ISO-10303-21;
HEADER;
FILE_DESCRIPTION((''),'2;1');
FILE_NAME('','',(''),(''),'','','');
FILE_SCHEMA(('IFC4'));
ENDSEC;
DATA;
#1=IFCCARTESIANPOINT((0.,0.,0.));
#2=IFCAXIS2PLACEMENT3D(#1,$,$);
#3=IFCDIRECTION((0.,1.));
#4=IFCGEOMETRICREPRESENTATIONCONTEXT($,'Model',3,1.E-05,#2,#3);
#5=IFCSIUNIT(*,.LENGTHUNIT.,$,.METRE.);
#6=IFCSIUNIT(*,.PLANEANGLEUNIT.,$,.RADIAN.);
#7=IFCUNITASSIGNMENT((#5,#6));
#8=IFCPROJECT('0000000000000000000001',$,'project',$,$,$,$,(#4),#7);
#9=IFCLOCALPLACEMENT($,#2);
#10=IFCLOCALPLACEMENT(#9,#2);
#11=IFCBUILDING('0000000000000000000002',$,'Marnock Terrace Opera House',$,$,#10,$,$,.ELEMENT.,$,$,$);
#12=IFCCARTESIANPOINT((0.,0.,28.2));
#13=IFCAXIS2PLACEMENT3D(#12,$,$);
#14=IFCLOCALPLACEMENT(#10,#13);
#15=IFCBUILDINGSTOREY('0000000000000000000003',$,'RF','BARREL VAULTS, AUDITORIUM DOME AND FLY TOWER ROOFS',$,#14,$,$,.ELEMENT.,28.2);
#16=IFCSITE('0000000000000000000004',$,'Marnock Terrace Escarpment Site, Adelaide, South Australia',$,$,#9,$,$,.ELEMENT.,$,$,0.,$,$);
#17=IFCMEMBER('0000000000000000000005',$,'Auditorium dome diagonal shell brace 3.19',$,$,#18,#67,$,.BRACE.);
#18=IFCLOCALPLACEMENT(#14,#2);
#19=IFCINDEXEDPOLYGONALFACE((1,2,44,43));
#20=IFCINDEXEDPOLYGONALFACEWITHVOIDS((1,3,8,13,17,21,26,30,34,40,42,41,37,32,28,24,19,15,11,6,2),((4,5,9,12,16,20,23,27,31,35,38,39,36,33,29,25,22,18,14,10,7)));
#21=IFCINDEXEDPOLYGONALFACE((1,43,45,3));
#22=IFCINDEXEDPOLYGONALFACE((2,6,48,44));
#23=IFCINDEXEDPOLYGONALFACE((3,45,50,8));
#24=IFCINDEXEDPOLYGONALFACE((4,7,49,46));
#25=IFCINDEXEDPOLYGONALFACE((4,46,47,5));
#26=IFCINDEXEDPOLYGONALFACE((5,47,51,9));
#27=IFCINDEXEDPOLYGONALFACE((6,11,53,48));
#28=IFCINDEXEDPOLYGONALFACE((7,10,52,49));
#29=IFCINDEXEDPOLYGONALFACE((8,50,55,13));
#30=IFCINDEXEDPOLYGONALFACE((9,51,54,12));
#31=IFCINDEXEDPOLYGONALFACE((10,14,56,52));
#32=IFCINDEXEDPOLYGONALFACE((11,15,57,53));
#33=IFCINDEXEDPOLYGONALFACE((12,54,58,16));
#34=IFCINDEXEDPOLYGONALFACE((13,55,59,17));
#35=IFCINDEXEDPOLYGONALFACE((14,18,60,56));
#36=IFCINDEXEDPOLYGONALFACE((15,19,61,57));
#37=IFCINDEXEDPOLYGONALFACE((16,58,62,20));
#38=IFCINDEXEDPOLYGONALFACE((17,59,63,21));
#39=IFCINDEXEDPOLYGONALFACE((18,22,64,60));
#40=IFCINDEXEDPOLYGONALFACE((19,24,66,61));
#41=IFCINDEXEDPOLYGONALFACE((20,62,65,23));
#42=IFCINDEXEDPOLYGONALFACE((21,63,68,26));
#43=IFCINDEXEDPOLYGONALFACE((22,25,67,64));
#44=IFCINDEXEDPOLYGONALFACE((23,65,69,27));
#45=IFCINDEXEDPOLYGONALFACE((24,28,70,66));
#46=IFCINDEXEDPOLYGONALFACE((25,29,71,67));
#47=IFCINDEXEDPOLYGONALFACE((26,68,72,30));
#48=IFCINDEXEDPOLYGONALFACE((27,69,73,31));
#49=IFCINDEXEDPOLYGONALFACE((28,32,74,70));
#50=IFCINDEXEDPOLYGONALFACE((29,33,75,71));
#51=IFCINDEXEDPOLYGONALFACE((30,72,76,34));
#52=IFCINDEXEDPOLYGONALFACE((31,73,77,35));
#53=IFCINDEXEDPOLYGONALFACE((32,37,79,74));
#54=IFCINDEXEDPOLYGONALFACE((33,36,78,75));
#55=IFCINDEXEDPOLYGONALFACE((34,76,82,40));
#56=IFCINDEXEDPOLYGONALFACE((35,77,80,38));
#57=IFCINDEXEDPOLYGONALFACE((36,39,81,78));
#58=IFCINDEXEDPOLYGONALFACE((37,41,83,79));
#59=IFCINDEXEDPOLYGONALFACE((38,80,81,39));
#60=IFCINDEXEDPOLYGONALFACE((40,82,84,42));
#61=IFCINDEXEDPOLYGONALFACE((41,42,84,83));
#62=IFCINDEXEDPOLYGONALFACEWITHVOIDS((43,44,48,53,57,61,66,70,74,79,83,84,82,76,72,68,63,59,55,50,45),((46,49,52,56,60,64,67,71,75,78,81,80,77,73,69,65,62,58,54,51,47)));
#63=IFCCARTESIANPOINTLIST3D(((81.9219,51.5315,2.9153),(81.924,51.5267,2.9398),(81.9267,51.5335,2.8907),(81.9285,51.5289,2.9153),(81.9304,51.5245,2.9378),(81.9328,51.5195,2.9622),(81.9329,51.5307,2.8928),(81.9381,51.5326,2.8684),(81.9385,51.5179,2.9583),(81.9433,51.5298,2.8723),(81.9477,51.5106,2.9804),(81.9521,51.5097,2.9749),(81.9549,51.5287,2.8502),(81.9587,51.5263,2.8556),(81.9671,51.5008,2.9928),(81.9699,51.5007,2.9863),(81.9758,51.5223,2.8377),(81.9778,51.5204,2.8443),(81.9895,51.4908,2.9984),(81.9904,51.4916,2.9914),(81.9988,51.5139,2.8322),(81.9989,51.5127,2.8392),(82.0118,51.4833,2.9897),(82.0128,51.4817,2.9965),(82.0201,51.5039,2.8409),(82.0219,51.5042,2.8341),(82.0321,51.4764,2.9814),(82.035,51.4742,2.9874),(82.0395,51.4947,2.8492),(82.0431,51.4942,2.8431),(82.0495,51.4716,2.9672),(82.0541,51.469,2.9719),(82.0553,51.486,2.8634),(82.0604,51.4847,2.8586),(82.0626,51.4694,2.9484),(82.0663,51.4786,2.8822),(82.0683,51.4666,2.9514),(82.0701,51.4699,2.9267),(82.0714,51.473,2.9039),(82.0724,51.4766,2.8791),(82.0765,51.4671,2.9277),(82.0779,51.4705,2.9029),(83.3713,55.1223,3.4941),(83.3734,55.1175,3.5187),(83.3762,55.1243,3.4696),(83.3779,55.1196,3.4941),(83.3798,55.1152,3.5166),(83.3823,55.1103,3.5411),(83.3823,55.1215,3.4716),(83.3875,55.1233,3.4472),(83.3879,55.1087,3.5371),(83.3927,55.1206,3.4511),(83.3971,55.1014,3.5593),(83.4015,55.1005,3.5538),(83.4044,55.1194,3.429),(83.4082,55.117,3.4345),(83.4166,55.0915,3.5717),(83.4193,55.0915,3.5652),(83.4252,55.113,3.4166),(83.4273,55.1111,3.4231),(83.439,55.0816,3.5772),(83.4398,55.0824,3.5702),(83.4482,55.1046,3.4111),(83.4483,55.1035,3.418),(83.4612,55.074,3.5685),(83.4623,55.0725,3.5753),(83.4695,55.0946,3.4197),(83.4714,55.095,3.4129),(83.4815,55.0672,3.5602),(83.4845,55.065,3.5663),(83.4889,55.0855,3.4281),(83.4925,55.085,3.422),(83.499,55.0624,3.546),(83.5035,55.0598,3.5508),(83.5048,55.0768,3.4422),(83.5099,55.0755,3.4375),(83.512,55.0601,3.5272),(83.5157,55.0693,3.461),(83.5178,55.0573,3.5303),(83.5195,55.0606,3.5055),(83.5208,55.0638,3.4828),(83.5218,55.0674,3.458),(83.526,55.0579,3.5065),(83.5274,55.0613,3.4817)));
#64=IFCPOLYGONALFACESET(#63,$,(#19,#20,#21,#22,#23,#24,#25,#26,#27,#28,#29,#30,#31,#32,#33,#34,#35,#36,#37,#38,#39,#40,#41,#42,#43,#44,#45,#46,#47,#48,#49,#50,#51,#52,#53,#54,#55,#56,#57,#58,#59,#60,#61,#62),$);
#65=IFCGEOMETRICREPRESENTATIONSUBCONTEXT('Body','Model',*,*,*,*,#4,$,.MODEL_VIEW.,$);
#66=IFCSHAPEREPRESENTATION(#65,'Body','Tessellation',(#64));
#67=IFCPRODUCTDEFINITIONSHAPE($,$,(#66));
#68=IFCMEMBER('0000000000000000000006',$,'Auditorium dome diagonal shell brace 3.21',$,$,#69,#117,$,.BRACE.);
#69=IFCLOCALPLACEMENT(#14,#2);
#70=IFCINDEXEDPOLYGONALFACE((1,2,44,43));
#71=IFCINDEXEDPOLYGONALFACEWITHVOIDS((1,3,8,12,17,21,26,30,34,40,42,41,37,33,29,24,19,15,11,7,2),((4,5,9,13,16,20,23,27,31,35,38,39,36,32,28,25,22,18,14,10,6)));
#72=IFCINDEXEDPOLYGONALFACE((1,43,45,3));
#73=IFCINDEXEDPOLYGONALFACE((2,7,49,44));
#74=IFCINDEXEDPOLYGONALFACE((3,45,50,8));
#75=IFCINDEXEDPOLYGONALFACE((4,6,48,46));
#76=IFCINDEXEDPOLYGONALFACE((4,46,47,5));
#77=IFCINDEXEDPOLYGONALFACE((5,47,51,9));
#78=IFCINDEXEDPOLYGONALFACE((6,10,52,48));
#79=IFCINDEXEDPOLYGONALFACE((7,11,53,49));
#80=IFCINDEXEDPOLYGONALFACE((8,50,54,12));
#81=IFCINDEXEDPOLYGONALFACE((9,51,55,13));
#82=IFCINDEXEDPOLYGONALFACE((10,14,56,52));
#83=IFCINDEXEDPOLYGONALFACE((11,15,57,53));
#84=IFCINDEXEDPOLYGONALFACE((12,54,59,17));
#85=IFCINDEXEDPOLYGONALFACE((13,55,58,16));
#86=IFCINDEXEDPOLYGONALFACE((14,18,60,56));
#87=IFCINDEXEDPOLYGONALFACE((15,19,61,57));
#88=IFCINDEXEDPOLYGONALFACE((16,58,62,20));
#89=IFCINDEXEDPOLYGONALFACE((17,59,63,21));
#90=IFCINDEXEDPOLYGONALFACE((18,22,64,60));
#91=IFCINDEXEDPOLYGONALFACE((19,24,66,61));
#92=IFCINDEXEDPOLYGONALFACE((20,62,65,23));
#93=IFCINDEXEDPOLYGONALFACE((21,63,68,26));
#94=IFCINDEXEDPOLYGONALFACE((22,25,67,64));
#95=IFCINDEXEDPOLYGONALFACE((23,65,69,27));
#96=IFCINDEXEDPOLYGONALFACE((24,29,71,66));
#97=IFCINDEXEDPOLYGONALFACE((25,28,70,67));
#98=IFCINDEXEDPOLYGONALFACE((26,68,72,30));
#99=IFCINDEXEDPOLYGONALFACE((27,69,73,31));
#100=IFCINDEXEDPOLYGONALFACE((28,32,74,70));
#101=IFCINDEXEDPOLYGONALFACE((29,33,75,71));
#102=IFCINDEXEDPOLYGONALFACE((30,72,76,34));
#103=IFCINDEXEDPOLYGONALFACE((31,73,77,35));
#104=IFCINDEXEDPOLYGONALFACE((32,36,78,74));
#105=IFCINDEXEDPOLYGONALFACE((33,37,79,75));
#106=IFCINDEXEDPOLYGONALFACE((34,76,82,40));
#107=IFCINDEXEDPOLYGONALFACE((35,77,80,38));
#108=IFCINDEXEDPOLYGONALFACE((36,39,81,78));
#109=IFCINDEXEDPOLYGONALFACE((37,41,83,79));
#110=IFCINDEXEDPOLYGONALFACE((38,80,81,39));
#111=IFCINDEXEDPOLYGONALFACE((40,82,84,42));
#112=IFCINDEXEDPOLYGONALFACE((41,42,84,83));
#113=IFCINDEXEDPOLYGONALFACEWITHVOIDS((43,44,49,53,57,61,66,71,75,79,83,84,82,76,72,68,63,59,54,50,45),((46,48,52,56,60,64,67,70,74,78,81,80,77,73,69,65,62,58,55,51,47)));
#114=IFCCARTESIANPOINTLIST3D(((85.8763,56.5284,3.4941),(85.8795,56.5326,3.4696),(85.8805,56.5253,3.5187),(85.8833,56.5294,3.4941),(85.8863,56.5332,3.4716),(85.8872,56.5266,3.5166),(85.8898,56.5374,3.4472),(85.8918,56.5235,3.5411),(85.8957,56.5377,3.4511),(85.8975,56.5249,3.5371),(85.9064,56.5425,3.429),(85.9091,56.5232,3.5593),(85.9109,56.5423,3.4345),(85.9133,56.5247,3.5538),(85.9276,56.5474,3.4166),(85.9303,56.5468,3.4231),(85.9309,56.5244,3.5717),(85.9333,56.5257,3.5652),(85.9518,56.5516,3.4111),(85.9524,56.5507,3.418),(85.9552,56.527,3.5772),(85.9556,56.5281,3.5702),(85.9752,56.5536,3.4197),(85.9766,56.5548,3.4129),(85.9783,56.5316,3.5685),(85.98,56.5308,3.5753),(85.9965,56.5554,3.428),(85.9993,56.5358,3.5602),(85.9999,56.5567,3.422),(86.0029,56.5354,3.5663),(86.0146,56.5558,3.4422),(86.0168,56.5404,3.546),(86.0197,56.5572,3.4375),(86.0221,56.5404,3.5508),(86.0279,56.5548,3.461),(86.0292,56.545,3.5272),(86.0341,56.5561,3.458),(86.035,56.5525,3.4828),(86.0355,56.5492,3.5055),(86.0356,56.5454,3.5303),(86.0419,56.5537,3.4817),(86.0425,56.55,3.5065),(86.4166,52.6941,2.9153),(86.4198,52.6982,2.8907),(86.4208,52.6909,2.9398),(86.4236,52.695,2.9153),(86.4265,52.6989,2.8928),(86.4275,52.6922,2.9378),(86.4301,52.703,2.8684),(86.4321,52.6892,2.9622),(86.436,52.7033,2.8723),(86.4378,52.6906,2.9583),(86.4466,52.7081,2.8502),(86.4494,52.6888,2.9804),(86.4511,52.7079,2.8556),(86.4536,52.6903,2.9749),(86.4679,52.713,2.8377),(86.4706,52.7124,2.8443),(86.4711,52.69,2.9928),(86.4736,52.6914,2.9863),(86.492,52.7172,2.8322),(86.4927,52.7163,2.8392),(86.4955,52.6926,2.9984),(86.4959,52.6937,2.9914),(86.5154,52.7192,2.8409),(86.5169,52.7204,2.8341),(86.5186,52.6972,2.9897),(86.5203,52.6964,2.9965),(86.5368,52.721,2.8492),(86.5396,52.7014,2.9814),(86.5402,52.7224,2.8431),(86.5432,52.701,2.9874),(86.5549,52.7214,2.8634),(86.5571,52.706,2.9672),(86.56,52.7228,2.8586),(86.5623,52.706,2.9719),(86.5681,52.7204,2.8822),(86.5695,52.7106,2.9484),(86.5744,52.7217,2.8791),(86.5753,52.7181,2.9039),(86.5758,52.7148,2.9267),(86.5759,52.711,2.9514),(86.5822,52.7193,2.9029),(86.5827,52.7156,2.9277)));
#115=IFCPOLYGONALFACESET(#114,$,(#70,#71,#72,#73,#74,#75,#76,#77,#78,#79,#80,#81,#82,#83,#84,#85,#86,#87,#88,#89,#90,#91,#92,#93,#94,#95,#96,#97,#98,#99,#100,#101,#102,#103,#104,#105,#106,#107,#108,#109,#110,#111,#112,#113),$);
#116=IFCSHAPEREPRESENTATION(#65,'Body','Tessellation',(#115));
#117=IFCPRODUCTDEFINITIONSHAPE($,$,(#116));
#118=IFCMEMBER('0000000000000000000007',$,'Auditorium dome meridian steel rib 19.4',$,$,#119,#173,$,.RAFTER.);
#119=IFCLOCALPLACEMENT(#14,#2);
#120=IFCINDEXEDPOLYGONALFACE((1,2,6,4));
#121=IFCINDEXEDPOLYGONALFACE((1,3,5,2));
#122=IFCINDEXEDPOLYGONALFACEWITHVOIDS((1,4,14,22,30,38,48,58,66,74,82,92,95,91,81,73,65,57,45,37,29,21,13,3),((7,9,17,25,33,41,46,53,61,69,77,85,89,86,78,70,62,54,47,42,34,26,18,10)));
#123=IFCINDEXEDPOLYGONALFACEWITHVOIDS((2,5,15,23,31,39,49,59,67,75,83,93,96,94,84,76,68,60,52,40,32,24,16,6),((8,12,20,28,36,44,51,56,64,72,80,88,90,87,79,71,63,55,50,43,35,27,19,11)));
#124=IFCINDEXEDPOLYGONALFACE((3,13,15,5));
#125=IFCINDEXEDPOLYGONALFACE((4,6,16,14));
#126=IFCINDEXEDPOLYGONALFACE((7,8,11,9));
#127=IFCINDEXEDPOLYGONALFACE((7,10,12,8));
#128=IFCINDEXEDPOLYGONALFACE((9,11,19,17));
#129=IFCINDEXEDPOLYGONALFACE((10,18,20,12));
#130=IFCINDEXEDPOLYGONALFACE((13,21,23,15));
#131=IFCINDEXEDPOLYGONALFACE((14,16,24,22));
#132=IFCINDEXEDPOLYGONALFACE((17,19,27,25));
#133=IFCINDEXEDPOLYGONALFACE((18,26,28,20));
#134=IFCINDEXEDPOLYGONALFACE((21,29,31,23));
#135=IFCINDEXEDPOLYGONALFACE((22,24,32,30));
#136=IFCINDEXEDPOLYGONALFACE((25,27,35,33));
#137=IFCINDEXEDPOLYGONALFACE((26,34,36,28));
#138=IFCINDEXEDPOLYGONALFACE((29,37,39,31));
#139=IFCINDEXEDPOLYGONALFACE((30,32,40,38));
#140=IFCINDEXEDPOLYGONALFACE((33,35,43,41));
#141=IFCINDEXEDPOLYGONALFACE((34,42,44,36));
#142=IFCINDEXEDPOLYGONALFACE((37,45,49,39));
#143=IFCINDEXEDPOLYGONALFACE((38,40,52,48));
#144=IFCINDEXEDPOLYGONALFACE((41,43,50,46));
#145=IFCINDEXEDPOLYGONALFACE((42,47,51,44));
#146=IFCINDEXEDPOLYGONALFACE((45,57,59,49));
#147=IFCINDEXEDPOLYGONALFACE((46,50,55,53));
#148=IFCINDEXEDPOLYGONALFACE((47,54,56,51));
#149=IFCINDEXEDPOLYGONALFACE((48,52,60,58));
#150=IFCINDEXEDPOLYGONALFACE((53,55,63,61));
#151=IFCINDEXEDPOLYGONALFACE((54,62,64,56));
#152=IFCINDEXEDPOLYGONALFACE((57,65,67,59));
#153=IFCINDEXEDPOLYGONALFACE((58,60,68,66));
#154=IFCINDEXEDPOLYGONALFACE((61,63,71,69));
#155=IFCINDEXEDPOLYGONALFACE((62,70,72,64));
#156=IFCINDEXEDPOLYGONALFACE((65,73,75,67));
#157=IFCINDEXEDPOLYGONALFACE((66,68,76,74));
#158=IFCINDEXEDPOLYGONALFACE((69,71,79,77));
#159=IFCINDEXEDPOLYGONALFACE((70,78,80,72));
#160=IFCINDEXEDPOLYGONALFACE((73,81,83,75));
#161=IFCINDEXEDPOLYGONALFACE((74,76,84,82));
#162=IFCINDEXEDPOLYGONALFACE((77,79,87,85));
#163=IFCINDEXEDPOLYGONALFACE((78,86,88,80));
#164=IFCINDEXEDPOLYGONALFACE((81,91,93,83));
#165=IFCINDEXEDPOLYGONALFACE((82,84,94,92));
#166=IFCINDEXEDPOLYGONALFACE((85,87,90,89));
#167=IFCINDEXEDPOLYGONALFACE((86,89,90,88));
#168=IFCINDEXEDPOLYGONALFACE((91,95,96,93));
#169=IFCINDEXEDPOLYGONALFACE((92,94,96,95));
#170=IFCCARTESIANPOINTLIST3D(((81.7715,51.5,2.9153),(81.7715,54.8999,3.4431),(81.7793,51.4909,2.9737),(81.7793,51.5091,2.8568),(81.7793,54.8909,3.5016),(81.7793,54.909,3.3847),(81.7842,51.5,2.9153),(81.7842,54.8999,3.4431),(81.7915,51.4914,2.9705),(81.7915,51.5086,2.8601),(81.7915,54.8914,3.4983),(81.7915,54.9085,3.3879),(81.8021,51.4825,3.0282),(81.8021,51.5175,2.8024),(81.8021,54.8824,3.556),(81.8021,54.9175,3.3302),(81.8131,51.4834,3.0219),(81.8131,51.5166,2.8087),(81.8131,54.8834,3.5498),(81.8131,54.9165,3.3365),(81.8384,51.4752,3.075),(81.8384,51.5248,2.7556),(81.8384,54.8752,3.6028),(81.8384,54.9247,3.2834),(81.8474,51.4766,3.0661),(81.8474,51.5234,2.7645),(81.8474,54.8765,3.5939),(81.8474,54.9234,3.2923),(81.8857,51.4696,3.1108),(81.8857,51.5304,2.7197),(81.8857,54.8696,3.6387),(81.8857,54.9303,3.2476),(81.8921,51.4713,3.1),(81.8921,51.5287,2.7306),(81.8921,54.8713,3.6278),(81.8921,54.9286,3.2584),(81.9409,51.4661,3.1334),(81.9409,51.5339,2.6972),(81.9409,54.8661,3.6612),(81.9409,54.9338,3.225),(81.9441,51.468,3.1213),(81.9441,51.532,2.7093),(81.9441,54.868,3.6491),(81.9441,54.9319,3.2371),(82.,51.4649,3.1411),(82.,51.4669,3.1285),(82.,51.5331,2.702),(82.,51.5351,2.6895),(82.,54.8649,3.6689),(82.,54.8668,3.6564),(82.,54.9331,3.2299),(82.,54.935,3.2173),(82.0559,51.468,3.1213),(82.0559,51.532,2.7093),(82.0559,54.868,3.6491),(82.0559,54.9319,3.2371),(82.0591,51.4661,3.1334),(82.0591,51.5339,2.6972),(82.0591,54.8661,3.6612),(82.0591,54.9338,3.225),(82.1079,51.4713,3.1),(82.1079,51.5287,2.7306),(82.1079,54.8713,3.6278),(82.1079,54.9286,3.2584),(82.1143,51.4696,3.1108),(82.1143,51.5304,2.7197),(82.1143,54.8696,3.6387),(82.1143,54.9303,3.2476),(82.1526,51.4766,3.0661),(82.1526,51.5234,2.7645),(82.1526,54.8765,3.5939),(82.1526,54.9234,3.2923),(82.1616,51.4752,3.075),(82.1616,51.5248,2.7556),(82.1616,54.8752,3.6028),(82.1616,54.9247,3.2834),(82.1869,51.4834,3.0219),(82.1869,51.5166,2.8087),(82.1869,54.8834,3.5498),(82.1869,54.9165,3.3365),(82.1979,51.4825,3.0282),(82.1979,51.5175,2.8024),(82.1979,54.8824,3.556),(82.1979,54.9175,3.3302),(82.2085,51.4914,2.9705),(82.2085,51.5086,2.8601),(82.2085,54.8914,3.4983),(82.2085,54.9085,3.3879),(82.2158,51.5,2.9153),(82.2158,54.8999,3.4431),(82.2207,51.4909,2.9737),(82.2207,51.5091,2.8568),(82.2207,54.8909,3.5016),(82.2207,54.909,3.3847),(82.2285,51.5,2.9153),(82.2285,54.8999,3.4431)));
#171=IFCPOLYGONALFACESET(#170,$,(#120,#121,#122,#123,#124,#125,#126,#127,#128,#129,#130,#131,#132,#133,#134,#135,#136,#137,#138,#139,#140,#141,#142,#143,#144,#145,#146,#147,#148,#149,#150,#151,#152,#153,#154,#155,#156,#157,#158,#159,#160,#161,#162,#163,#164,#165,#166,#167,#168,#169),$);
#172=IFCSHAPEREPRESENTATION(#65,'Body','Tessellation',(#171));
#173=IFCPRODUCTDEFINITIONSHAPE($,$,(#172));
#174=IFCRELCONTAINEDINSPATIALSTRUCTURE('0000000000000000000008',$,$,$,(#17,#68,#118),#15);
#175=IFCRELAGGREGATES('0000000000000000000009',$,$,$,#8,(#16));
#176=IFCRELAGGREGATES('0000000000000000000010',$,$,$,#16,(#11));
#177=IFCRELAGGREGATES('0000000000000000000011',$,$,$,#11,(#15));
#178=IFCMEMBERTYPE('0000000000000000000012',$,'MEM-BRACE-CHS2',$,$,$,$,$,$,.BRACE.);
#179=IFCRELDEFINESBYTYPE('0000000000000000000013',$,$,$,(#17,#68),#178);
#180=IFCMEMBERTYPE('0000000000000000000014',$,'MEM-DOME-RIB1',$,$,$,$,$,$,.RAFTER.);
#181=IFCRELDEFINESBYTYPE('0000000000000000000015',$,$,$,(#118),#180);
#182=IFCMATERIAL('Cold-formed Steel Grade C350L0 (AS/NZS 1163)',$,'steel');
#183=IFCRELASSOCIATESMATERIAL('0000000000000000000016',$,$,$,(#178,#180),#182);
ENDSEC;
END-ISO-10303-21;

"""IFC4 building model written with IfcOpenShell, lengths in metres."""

from ifc_helpers import new_model, si_unit, direction, frame, origin, origin_2d, place, context, subcontext, project, spatial, hollow_circle, extrude, material, material_profile, profile_set, type_object, element, save


model = new_model("IFC4")

# Units and contexts
model_context = context("Model", 3, precision=1e-05, world=origin(), true_north=direction((0.0, 1.0)))
body_context = subcontext(model_context, "Body", "Model", "MODEL_VIEW")
ifc_project = project(units=[si_unit("LENGTHUNIT", "METRE"), si_unit("PLANEANGLEUNIT", "RADIAN")], contexts=[model_context])

# Site, building, storey
site_placement = place(None, origin())
site = spatial("IfcSite", under=ifc_project, at=site_placement, Name="Marnock Terrace Escarpment Site, Adelaide, South Australia", CompositionType="ELEMENT", RefElevation=0.0)
building_placement = place(site_placement, origin())
building = spatial("IfcBuilding", under=site, at=building_placement, Name="Marnock Terrace Opera House", CompositionType="ELEMENT")
storey_placement = place(building_placement, frame((0.0, 0.0, 28.2)))
storey = spatial("IfcBuildingStorey", under=building, at=storey_placement, Name="RF", Description="BARREL VAULTS, AUDITORIUM DOME AND FLY TOWER ROOFS", CompositionType="ELEMENT", Elevation=28.2)

# Members
ifc_material_1 = material(Name="Cold-formed Steel Grade C350L0 (AS/NZS 1163)", Category="steel")
ifc_material_profile_1 = material_profile(ifc_material_1, hollow_circle(Radius=0.0842, WallThickness=0.0071, at=origin_2d()))
ifc_profile_set_1 = profile_set([ifc_material_profile_1], Name="Cold-formed Steel Grade C350L0 (AS/NZS 1163)")
member_type_1 = type_object("IfcMemberType", Name="MEM-BRACE-CHS2", PredefinedType="BRACE", material=ifc_profile_set_1)
for number, where, z_axis, x_axis, name in (
    (1, (82.0, 51.5, 2.9153), (0.3702, 0.917112, 0.147843), (-0.927302, 0.374313, 0.0), "Auditorium dome diagonal shell brace 3.19"),
    (2, (86.5, 52.7058, 2.9153), (-0.13799, 0.979337, 0.147842), (-0.990219, -0.139523, 0.0), "Auditorium dome diagonal shell brace 3.21"),
):
    element("IfcMember", number, at=place(storey_placement, frame(where, z_axis=z_axis, x_axis=x_axis)), inside=storey, type_object=member_type_1, Name=name, PredefinedType="BRACE", context=body_context, shape_type="SweptSolid", body=[
        extrude(hollow_circle(Radius=0.0842, WallThickness=0.0071, at=origin_2d()), origin(), (0.0, 0.0, 1.0), 3.9153),
    ])
ifc_material_profile_2 = material_profile(ifc_material_1, hollow_circle(Radius=0.2285, WallThickness=0.0127, at=origin_2d()))
ifc_profile_set_2 = profile_set([ifc_material_profile_2], Name="Cold-formed Steel Grade C350L0 (AS/NZS 1163)")
member_type_2 = type_object("IfcMemberType", Name="MEM-DOME-RIB1", PredefinedType="RAFTER", material=ifc_profile_set_2)
member_1_placement = place(storey_placement, frame((82.0, 51.5, 2.9153), z_axis=(0.0, 0.988162, 0.153411), x_axis=(-1.0, 0.0, 0.0)))
element("IfcMember", 3, at=member_1_placement, inside=storey, type_object=member_type_2, Name="Auditorium dome meridian steel rib 19.4", PredefinedType="RAFTER", context=body_context, shape_type="SweptSolid", body=[
    extrude(hollow_circle(Radius=0.2285, WallThickness=0.0127, at=origin_2d()), origin(), (0.0, 0.0, 1.0), 3.4407),
])

save(model, "model.ifc")
